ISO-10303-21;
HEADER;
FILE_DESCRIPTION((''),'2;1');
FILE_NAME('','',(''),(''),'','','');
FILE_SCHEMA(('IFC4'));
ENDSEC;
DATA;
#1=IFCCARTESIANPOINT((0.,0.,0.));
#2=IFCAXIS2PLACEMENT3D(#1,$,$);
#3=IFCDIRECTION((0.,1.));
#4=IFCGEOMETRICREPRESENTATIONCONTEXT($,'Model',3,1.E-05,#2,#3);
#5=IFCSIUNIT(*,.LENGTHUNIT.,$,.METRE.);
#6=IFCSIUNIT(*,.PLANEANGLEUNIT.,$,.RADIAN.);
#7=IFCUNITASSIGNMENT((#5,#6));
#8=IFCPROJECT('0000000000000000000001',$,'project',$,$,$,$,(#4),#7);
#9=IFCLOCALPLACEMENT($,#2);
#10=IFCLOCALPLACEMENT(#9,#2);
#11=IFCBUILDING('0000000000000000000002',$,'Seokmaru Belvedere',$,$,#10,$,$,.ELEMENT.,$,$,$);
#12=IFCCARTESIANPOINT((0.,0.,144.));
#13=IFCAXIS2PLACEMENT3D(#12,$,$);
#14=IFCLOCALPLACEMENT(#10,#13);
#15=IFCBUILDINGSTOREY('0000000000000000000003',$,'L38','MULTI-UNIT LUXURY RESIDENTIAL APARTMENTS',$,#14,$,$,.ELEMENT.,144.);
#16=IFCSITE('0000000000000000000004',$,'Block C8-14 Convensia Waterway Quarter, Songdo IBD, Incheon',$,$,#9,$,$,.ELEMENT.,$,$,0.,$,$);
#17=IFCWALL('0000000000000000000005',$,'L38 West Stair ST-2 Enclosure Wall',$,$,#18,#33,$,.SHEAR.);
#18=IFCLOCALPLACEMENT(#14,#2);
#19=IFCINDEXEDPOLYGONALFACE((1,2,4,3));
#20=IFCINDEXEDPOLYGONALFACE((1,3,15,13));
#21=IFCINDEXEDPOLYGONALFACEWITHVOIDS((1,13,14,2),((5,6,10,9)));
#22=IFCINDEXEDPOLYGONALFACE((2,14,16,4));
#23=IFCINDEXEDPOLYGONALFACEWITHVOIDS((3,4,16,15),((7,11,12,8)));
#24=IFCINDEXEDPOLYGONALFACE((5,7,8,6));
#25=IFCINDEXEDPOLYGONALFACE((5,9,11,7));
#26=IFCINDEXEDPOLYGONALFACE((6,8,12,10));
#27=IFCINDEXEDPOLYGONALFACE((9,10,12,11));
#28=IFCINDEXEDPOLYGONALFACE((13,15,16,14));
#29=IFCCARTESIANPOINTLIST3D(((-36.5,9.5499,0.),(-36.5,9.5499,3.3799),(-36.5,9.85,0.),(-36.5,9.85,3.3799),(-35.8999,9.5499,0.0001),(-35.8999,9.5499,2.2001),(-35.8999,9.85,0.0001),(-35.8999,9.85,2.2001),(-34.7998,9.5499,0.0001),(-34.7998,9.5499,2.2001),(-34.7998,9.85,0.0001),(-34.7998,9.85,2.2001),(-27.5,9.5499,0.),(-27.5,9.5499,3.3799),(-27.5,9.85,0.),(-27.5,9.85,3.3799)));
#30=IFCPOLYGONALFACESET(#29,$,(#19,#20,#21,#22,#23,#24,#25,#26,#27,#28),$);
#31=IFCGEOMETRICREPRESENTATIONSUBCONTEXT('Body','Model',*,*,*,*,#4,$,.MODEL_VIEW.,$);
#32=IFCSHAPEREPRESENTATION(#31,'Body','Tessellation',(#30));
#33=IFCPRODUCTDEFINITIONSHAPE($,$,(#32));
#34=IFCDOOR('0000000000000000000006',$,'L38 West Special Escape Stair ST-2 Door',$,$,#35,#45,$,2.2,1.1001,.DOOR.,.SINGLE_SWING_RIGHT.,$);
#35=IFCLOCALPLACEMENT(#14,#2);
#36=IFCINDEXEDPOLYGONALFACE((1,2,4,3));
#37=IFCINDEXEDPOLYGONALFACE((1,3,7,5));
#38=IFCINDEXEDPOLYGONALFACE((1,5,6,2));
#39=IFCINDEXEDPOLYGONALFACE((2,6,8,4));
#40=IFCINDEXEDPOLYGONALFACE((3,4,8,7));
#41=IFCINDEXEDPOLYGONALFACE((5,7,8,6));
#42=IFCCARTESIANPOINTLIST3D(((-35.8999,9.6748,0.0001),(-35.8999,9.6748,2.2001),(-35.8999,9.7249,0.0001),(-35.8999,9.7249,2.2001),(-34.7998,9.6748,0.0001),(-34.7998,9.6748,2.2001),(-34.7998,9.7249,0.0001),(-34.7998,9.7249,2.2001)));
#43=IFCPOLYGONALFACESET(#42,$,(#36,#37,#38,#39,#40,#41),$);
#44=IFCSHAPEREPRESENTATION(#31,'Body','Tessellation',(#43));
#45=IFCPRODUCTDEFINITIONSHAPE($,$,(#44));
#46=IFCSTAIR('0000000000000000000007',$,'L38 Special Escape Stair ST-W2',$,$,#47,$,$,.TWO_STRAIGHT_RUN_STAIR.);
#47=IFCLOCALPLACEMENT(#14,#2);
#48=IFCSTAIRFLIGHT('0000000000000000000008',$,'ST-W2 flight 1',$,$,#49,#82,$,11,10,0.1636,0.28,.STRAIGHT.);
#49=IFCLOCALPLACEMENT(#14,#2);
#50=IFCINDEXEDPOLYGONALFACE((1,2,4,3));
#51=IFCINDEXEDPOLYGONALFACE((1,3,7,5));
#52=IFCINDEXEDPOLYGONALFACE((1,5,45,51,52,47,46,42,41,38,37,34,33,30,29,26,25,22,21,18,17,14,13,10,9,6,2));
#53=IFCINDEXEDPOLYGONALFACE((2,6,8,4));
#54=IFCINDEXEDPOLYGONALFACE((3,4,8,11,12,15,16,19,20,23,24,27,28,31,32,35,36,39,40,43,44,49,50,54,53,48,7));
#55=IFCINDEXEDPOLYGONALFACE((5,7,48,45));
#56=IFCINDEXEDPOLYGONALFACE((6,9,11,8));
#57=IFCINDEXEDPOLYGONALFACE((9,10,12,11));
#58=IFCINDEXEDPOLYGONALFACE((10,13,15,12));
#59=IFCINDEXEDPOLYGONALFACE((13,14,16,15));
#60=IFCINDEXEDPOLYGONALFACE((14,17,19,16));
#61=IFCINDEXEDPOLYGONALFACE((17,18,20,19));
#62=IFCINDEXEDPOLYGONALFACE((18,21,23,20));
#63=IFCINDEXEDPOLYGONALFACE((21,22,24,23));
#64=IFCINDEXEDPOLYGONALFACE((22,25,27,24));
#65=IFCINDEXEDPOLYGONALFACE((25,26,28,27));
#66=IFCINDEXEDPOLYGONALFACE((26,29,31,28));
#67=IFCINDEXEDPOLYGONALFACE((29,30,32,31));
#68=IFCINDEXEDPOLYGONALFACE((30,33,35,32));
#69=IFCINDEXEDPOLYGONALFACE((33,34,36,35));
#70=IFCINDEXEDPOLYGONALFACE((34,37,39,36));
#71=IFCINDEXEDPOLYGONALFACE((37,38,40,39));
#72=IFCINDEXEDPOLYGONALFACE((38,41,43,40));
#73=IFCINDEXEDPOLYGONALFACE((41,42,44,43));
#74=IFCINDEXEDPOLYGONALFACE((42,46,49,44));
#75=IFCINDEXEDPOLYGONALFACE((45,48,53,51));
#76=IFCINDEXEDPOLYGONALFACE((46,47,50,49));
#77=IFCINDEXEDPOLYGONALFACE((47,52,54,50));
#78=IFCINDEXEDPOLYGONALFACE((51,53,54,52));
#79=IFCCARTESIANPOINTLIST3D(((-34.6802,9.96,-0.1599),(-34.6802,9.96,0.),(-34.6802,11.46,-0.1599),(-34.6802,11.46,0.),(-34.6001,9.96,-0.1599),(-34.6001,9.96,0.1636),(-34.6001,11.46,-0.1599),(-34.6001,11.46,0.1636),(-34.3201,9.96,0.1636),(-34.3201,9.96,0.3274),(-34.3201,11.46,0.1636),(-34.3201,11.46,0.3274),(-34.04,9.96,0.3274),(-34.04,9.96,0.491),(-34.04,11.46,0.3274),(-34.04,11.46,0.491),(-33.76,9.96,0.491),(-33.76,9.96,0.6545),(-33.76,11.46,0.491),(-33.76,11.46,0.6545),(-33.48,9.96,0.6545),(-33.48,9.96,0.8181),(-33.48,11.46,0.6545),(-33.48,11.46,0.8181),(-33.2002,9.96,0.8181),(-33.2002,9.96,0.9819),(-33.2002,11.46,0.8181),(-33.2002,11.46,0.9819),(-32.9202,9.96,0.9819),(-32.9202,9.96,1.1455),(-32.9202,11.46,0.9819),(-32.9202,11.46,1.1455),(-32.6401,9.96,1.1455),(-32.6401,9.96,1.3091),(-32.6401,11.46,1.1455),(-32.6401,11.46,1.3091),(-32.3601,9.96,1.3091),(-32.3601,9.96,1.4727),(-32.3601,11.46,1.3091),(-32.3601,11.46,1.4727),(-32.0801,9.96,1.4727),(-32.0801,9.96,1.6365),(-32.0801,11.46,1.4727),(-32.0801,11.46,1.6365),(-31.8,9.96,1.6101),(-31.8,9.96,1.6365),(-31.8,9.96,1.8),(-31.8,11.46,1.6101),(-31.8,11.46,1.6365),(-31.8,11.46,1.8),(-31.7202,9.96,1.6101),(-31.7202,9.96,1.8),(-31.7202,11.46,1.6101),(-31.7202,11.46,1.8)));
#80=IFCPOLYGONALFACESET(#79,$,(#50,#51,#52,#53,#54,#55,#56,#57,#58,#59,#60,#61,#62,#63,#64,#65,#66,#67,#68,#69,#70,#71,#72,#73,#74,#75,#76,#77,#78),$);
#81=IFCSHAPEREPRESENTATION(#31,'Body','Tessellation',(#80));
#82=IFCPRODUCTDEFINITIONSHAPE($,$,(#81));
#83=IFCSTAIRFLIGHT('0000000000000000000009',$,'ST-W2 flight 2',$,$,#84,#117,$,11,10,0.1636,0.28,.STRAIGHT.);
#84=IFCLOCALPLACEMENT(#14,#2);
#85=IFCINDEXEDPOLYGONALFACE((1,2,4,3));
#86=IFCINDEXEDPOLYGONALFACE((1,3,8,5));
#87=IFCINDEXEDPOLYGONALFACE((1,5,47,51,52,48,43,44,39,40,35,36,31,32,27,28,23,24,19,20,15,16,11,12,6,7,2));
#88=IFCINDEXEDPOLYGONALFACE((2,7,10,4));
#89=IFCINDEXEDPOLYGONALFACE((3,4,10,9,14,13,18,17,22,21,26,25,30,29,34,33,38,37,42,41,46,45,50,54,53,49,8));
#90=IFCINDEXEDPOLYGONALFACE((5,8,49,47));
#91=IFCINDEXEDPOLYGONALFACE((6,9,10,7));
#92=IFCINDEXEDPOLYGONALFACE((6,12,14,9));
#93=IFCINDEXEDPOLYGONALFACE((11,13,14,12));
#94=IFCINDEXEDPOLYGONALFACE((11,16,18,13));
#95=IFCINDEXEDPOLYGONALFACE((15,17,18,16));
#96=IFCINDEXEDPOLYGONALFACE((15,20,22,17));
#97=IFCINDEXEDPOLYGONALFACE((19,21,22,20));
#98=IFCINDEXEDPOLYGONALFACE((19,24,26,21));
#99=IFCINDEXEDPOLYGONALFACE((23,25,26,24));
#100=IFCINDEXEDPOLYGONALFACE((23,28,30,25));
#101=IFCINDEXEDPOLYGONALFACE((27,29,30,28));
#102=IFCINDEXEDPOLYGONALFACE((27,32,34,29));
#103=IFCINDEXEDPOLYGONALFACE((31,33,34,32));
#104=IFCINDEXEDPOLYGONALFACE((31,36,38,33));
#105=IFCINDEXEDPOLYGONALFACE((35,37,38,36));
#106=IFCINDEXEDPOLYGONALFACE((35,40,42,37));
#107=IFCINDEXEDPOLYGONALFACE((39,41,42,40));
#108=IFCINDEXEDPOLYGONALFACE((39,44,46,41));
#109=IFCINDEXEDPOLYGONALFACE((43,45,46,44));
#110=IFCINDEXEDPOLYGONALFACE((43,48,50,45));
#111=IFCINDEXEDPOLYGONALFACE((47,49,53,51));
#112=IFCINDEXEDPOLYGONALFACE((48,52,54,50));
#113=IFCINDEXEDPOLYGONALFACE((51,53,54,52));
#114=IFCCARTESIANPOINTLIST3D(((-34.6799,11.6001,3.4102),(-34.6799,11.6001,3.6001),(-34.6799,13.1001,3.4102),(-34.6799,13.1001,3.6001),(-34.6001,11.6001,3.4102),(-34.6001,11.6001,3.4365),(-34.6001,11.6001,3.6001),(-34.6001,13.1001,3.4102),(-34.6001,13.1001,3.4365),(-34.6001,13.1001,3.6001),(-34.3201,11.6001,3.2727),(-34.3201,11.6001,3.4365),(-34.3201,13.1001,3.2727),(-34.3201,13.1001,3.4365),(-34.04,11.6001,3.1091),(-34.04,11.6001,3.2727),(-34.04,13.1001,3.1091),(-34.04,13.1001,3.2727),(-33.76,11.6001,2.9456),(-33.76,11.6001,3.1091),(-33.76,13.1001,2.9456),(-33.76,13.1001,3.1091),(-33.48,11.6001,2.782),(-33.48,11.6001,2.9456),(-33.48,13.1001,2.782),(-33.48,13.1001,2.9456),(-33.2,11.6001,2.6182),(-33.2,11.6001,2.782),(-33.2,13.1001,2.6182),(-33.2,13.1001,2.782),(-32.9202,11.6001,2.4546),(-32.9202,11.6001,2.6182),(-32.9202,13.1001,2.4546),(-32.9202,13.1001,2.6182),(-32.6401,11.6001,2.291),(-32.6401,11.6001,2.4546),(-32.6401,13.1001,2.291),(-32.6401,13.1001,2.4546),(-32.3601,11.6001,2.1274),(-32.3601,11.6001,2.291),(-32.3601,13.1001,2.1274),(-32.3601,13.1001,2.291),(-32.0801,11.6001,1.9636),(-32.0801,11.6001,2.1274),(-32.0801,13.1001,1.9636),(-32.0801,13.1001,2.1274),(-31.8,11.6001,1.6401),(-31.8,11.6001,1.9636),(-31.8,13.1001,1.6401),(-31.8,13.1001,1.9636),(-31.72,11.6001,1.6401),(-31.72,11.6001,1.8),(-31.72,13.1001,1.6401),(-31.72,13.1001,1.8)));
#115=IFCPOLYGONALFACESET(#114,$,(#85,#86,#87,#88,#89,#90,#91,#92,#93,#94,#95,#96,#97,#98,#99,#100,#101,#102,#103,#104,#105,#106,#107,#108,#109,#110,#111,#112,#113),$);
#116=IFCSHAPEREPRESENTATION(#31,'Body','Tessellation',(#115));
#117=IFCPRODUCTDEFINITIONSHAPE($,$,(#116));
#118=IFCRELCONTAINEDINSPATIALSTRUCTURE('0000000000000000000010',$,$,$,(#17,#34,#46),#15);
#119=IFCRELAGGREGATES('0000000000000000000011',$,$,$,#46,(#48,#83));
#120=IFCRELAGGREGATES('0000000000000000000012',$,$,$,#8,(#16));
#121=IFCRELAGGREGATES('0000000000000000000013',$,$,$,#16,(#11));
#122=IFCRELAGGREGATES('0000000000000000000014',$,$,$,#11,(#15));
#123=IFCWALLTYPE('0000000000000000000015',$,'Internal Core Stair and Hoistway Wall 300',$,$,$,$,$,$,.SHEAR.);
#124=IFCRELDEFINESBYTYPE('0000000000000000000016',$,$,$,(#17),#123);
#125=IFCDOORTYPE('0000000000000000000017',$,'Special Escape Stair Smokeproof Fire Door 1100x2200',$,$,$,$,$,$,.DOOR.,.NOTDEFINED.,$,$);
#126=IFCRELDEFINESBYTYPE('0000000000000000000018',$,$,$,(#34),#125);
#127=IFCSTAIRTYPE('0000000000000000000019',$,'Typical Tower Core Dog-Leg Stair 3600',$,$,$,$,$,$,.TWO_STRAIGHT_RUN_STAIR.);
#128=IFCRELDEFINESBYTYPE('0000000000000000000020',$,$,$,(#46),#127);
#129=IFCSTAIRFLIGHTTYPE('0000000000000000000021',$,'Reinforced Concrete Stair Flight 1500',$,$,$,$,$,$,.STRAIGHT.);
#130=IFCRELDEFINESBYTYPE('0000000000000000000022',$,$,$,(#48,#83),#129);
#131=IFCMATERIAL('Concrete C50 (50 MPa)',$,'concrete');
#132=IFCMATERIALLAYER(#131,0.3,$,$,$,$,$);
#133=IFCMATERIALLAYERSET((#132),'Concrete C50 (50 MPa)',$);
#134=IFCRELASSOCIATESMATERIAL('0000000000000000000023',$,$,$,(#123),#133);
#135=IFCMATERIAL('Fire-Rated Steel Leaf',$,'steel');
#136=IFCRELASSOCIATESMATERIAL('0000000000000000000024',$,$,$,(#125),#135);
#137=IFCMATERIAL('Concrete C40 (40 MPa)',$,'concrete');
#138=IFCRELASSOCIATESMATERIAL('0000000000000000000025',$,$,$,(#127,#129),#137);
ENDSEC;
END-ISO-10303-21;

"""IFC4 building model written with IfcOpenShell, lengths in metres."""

from ifc_helpers import new_model, si_unit, direction, frame, frame_2d, origin, place, context, subcontext, project, spatial, polyline, rectangle, outline, extrude, source, transform, mapped, material, layer, layer_set, type_object, type_shapes, element, fill, aggregate, save


model = new_model("IFC4")

# Units and contexts
model_context = context("Model", 3, precision=1e-05, world=origin(), true_north=direction((0.0, 1.0)))
body_context = subcontext(model_context, "Body", "Model", "MODEL_VIEW")
ifc_project = project(units=[si_unit("LENGTHUNIT", "METRE"), si_unit("PLANEANGLEUNIT", "RADIAN")], contexts=[model_context])

# Site, building, storey
site_placement = place(None, origin())
site = spatial("IfcSite", under=ifc_project, at=site_placement, Name="Block C8-14 Convensia Waterway Quarter, Songdo IBD, Incheon", CompositionType="ELEMENT", RefElevation=0.0)
building_placement = place(site_placement, origin())
building = spatial("IfcBuilding", under=site, at=building_placement, Name="Seokmaru Belvedere", CompositionType="ELEMENT")
storey_placement = place(building_placement, frame((0.0, 0.0, 144.0)))
storey = spatial("IfcBuildingStorey", under=building, at=storey_placement, Name="L38", Description="MULTI-UNIT LUXURY RESIDENTIAL APARTMENTS", CompositionType="ELEMENT", Elevation=144.0)

# Shared definitions
ifc_material_1 = material(Name="Concrete C50 (50 MPa)", Category="concrete")

# Wall, opening, door
ifc_layer_1 = layer(ifc_material_1, 0.3)
ifc_layer_set_1 = layer_set([ifc_layer_1], Name="Concrete C50 (50 MPa)")
wall_type_1 = type_object("IfcWallType", Name="Internal Core Stair and Hoistway Wall 300", PredefinedType="SHEAR", material=ifc_layer_set_1)
wall_1_placement = place(storey_placement, frame((-36.5, 9.7, 0.0), z_axis=(0.0, 0.0, 1.0), x_axis=(1.0, 0.0, 0.0)))
wall_1 = element("IfcWall", 1, at=wall_1_placement, inside=storey, type_object=wall_type_1, Name="L38 West Stair ST-2 Enclosure Wall", PredefinedType="SHEAR", context=body_context, shape_type="SweptSolid", body=[
    extrude(rectangle(XDim=9.0, YDim=0.3, at=frame_2d((4.5, 0.0))), origin(), (0.0, 0.0, 1.0), 3.3799),
])
opening_1_placement = place(wall_1_placement, frame((0.6001, 0.0, 0.0)))
opening_1 = element("IfcOpeningElement", 2, at=opening_1_placement, cuts=wall_1, PredefinedType="OPENING", context=body_context, shape_type="SweptSolid", body=[
    extrude(rectangle(XDim=1.1001, YDim=2.2, at=frame_2d((0.55, 1.1001))), frame((0.0, 0.1602, 0.0), z_axis=(0.0, -1.0, 0.0), x_axis=(1.0, 0.0, 0.0)), (0.0, 0.0, 1.0), 0.3201),
])
ifc_material_2 = material(Name="Fire-Rated Steel Leaf", Category="steel")
door_type_1 = type_object("IfcDoorType", Name="Special Escape Stair Smokeproof Fire Door 1100x2200", OperationType="NOTDEFINED", PredefinedType="DOOR", material=ifc_material_2)
shared_shape_1 = source(origin(), body_context, "Body", "SweptSolid", [
    extrude(rectangle(XDim=1.1001, YDim=2.2, at=frame_2d((0.55, 1.1001))), frame((0.0, 0.0249, 0.0), z_axis=(0.0, -1.0, 0.0), x_axis=(1.0, 0.0, 0.0)), (0.0, 0.0, 1.0), 0.05),
])
type_shapes(door_type_1, [shared_shape_1])
door_1_placement = place(opening_1_placement, origin())
door_1 = element("IfcDoor", 3, at=door_1_placement, inside=storey, type_object=door_type_1, Name="L38 West Special Escape Stair ST-2 Door", OperationType="SINGLE_SWING_RIGHT", OverallHeight=2.2, OverallWidth=1.1001, PredefinedType="DOOR", context=body_context, shape_type="MappedRepresentation", body=[
    mapped(shared_shape_1, transform((0.0, 0.0, 0.0), scale=1.0)),
])
fill(opening_1, door_1)

# Stair, stair flights
ifc_material_3 = material(Name="Concrete C40 (40 MPa)", Category="concrete")
stair_type = type_object("IfcStairType", Name="Typical Tower Core Dog-Leg Stair 3600", PredefinedType="TWO_STRAIGHT_RUN_STAIR", material=ifc_material_3)
stair_placement = place(storey_placement, origin())
stair = element("IfcStair", 4, at=stair_placement, inside=storey, type_object=stair_type, Name="L38 Special Escape Stair ST-W2", PredefinedType="TWO_STRAIGHT_RUN_STAIR")
stair_flight_type = type_object("IfcStairFlightType", Name="Reinforced Concrete Stair Flight 1500", PredefinedType="STRAIGHT", material=ifc_material_3)
stair_flight_1_placement = place(storey_placement, frame((-34.6001, 10.71, 0.0), z_axis=(0.0, 0.0, 1.0), x_axis=(1.0, 0.0, 0.0)))
stair_flight_1 = element("IfcStairFlight", 5, at=stair_flight_1_placement, type_object=stair_flight_type, Name="ST-W2 flight 1", NumberOfRisers=11, NumberOfTreads=10, PredefinedType="STRAIGHT", RiserHeight=0.1636, TreadLength=0.28, context=body_context, shape_type="SweptSolid", body=[
    extrude(outline(polyline([(-0.0801, 0.0), (0.0, 0.1636), (0.28, 0.1636), (0.28, 0.3274), (0.5601, 0.3274), (0.5601, 0.491), (0.8401, 0.491), (0.8401, 0.6545), (1.1201, 0.6545), (1.1201, 0.8181), (1.3999, 0.8181), (1.3999, 0.9819), (1.6799, 0.9819), (1.6799, 1.1455), (1.96, 1.1455), (1.96, 1.3091), (2.24, 1.3091), (2.24, 1.4727), (2.52, 1.4727), (2.52, 1.6365), (2.8, 1.6365), (2.8, 1.8), (2.8799, 1.8), (2.8799, 1.6101), (2.8, 1.6101), (0.0, -0.1599), (-0.0801, -0.1599), (-0.0801, 0.0)])), frame((0.0, 0.75, 0.0), z_axis=(0.0, -1.0, 0.0), x_axis=(1.0, 0.0, 0.0)), (0.0, 0.0, 1.0), 1.5),
])
stair_flight_2_placement = place(storey_placement, frame((-31.8, 12.3501, 1.8), z_axis=(0.0, 0.0, 1.0), x_axis=(-1.0, 0.0, 0.0)))
stair_flight_2 = element("IfcStairFlight", 6, at=stair_flight_2_placement, type_object=stair_flight_type, Name="ST-W2 flight 2", NumberOfRisers=11, NumberOfTreads=10, PredefinedType="STRAIGHT", RiserHeight=0.1636, TreadLength=0.28, context=body_context, shape_type="SweptSolid", body=[
    extrude(outline(polyline([(-0.0801, 0.0), (0.0, 0.1636), (0.28, 0.1636), (0.28, 0.3274), (0.5601, 0.3274), (0.5601, 0.491), (0.8401, 0.491), (0.8401, 0.6545), (1.1201, 0.6545), (1.1201, 0.8181), (1.3999, 0.8181), (1.3999, 0.9819), (1.6799, 0.9819), (1.6799, 1.1455), (1.96, 1.1455), (1.96, 1.3091), (2.24, 1.3091), (2.24, 1.4727), (2.52, 1.4727), (2.52, 1.6365), (2.8, 1.6365), (2.8, 1.8), (2.8799, 1.8), (2.8799, 1.6101), (2.8, 1.6101), (0.0, -0.1599), (-0.0801, -0.1599), (-0.0801, 0.0)])), frame((0.0, 0.75, 0.0), z_axis=(0.0, -1.0, 0.0), x_axis=(1.0, 0.0, 0.0)), (0.0, 0.0, 1.0), 1.5),
])
aggregate(stair, [stair_flight_1, stair_flight_2])

save(model, "model.ifc")
